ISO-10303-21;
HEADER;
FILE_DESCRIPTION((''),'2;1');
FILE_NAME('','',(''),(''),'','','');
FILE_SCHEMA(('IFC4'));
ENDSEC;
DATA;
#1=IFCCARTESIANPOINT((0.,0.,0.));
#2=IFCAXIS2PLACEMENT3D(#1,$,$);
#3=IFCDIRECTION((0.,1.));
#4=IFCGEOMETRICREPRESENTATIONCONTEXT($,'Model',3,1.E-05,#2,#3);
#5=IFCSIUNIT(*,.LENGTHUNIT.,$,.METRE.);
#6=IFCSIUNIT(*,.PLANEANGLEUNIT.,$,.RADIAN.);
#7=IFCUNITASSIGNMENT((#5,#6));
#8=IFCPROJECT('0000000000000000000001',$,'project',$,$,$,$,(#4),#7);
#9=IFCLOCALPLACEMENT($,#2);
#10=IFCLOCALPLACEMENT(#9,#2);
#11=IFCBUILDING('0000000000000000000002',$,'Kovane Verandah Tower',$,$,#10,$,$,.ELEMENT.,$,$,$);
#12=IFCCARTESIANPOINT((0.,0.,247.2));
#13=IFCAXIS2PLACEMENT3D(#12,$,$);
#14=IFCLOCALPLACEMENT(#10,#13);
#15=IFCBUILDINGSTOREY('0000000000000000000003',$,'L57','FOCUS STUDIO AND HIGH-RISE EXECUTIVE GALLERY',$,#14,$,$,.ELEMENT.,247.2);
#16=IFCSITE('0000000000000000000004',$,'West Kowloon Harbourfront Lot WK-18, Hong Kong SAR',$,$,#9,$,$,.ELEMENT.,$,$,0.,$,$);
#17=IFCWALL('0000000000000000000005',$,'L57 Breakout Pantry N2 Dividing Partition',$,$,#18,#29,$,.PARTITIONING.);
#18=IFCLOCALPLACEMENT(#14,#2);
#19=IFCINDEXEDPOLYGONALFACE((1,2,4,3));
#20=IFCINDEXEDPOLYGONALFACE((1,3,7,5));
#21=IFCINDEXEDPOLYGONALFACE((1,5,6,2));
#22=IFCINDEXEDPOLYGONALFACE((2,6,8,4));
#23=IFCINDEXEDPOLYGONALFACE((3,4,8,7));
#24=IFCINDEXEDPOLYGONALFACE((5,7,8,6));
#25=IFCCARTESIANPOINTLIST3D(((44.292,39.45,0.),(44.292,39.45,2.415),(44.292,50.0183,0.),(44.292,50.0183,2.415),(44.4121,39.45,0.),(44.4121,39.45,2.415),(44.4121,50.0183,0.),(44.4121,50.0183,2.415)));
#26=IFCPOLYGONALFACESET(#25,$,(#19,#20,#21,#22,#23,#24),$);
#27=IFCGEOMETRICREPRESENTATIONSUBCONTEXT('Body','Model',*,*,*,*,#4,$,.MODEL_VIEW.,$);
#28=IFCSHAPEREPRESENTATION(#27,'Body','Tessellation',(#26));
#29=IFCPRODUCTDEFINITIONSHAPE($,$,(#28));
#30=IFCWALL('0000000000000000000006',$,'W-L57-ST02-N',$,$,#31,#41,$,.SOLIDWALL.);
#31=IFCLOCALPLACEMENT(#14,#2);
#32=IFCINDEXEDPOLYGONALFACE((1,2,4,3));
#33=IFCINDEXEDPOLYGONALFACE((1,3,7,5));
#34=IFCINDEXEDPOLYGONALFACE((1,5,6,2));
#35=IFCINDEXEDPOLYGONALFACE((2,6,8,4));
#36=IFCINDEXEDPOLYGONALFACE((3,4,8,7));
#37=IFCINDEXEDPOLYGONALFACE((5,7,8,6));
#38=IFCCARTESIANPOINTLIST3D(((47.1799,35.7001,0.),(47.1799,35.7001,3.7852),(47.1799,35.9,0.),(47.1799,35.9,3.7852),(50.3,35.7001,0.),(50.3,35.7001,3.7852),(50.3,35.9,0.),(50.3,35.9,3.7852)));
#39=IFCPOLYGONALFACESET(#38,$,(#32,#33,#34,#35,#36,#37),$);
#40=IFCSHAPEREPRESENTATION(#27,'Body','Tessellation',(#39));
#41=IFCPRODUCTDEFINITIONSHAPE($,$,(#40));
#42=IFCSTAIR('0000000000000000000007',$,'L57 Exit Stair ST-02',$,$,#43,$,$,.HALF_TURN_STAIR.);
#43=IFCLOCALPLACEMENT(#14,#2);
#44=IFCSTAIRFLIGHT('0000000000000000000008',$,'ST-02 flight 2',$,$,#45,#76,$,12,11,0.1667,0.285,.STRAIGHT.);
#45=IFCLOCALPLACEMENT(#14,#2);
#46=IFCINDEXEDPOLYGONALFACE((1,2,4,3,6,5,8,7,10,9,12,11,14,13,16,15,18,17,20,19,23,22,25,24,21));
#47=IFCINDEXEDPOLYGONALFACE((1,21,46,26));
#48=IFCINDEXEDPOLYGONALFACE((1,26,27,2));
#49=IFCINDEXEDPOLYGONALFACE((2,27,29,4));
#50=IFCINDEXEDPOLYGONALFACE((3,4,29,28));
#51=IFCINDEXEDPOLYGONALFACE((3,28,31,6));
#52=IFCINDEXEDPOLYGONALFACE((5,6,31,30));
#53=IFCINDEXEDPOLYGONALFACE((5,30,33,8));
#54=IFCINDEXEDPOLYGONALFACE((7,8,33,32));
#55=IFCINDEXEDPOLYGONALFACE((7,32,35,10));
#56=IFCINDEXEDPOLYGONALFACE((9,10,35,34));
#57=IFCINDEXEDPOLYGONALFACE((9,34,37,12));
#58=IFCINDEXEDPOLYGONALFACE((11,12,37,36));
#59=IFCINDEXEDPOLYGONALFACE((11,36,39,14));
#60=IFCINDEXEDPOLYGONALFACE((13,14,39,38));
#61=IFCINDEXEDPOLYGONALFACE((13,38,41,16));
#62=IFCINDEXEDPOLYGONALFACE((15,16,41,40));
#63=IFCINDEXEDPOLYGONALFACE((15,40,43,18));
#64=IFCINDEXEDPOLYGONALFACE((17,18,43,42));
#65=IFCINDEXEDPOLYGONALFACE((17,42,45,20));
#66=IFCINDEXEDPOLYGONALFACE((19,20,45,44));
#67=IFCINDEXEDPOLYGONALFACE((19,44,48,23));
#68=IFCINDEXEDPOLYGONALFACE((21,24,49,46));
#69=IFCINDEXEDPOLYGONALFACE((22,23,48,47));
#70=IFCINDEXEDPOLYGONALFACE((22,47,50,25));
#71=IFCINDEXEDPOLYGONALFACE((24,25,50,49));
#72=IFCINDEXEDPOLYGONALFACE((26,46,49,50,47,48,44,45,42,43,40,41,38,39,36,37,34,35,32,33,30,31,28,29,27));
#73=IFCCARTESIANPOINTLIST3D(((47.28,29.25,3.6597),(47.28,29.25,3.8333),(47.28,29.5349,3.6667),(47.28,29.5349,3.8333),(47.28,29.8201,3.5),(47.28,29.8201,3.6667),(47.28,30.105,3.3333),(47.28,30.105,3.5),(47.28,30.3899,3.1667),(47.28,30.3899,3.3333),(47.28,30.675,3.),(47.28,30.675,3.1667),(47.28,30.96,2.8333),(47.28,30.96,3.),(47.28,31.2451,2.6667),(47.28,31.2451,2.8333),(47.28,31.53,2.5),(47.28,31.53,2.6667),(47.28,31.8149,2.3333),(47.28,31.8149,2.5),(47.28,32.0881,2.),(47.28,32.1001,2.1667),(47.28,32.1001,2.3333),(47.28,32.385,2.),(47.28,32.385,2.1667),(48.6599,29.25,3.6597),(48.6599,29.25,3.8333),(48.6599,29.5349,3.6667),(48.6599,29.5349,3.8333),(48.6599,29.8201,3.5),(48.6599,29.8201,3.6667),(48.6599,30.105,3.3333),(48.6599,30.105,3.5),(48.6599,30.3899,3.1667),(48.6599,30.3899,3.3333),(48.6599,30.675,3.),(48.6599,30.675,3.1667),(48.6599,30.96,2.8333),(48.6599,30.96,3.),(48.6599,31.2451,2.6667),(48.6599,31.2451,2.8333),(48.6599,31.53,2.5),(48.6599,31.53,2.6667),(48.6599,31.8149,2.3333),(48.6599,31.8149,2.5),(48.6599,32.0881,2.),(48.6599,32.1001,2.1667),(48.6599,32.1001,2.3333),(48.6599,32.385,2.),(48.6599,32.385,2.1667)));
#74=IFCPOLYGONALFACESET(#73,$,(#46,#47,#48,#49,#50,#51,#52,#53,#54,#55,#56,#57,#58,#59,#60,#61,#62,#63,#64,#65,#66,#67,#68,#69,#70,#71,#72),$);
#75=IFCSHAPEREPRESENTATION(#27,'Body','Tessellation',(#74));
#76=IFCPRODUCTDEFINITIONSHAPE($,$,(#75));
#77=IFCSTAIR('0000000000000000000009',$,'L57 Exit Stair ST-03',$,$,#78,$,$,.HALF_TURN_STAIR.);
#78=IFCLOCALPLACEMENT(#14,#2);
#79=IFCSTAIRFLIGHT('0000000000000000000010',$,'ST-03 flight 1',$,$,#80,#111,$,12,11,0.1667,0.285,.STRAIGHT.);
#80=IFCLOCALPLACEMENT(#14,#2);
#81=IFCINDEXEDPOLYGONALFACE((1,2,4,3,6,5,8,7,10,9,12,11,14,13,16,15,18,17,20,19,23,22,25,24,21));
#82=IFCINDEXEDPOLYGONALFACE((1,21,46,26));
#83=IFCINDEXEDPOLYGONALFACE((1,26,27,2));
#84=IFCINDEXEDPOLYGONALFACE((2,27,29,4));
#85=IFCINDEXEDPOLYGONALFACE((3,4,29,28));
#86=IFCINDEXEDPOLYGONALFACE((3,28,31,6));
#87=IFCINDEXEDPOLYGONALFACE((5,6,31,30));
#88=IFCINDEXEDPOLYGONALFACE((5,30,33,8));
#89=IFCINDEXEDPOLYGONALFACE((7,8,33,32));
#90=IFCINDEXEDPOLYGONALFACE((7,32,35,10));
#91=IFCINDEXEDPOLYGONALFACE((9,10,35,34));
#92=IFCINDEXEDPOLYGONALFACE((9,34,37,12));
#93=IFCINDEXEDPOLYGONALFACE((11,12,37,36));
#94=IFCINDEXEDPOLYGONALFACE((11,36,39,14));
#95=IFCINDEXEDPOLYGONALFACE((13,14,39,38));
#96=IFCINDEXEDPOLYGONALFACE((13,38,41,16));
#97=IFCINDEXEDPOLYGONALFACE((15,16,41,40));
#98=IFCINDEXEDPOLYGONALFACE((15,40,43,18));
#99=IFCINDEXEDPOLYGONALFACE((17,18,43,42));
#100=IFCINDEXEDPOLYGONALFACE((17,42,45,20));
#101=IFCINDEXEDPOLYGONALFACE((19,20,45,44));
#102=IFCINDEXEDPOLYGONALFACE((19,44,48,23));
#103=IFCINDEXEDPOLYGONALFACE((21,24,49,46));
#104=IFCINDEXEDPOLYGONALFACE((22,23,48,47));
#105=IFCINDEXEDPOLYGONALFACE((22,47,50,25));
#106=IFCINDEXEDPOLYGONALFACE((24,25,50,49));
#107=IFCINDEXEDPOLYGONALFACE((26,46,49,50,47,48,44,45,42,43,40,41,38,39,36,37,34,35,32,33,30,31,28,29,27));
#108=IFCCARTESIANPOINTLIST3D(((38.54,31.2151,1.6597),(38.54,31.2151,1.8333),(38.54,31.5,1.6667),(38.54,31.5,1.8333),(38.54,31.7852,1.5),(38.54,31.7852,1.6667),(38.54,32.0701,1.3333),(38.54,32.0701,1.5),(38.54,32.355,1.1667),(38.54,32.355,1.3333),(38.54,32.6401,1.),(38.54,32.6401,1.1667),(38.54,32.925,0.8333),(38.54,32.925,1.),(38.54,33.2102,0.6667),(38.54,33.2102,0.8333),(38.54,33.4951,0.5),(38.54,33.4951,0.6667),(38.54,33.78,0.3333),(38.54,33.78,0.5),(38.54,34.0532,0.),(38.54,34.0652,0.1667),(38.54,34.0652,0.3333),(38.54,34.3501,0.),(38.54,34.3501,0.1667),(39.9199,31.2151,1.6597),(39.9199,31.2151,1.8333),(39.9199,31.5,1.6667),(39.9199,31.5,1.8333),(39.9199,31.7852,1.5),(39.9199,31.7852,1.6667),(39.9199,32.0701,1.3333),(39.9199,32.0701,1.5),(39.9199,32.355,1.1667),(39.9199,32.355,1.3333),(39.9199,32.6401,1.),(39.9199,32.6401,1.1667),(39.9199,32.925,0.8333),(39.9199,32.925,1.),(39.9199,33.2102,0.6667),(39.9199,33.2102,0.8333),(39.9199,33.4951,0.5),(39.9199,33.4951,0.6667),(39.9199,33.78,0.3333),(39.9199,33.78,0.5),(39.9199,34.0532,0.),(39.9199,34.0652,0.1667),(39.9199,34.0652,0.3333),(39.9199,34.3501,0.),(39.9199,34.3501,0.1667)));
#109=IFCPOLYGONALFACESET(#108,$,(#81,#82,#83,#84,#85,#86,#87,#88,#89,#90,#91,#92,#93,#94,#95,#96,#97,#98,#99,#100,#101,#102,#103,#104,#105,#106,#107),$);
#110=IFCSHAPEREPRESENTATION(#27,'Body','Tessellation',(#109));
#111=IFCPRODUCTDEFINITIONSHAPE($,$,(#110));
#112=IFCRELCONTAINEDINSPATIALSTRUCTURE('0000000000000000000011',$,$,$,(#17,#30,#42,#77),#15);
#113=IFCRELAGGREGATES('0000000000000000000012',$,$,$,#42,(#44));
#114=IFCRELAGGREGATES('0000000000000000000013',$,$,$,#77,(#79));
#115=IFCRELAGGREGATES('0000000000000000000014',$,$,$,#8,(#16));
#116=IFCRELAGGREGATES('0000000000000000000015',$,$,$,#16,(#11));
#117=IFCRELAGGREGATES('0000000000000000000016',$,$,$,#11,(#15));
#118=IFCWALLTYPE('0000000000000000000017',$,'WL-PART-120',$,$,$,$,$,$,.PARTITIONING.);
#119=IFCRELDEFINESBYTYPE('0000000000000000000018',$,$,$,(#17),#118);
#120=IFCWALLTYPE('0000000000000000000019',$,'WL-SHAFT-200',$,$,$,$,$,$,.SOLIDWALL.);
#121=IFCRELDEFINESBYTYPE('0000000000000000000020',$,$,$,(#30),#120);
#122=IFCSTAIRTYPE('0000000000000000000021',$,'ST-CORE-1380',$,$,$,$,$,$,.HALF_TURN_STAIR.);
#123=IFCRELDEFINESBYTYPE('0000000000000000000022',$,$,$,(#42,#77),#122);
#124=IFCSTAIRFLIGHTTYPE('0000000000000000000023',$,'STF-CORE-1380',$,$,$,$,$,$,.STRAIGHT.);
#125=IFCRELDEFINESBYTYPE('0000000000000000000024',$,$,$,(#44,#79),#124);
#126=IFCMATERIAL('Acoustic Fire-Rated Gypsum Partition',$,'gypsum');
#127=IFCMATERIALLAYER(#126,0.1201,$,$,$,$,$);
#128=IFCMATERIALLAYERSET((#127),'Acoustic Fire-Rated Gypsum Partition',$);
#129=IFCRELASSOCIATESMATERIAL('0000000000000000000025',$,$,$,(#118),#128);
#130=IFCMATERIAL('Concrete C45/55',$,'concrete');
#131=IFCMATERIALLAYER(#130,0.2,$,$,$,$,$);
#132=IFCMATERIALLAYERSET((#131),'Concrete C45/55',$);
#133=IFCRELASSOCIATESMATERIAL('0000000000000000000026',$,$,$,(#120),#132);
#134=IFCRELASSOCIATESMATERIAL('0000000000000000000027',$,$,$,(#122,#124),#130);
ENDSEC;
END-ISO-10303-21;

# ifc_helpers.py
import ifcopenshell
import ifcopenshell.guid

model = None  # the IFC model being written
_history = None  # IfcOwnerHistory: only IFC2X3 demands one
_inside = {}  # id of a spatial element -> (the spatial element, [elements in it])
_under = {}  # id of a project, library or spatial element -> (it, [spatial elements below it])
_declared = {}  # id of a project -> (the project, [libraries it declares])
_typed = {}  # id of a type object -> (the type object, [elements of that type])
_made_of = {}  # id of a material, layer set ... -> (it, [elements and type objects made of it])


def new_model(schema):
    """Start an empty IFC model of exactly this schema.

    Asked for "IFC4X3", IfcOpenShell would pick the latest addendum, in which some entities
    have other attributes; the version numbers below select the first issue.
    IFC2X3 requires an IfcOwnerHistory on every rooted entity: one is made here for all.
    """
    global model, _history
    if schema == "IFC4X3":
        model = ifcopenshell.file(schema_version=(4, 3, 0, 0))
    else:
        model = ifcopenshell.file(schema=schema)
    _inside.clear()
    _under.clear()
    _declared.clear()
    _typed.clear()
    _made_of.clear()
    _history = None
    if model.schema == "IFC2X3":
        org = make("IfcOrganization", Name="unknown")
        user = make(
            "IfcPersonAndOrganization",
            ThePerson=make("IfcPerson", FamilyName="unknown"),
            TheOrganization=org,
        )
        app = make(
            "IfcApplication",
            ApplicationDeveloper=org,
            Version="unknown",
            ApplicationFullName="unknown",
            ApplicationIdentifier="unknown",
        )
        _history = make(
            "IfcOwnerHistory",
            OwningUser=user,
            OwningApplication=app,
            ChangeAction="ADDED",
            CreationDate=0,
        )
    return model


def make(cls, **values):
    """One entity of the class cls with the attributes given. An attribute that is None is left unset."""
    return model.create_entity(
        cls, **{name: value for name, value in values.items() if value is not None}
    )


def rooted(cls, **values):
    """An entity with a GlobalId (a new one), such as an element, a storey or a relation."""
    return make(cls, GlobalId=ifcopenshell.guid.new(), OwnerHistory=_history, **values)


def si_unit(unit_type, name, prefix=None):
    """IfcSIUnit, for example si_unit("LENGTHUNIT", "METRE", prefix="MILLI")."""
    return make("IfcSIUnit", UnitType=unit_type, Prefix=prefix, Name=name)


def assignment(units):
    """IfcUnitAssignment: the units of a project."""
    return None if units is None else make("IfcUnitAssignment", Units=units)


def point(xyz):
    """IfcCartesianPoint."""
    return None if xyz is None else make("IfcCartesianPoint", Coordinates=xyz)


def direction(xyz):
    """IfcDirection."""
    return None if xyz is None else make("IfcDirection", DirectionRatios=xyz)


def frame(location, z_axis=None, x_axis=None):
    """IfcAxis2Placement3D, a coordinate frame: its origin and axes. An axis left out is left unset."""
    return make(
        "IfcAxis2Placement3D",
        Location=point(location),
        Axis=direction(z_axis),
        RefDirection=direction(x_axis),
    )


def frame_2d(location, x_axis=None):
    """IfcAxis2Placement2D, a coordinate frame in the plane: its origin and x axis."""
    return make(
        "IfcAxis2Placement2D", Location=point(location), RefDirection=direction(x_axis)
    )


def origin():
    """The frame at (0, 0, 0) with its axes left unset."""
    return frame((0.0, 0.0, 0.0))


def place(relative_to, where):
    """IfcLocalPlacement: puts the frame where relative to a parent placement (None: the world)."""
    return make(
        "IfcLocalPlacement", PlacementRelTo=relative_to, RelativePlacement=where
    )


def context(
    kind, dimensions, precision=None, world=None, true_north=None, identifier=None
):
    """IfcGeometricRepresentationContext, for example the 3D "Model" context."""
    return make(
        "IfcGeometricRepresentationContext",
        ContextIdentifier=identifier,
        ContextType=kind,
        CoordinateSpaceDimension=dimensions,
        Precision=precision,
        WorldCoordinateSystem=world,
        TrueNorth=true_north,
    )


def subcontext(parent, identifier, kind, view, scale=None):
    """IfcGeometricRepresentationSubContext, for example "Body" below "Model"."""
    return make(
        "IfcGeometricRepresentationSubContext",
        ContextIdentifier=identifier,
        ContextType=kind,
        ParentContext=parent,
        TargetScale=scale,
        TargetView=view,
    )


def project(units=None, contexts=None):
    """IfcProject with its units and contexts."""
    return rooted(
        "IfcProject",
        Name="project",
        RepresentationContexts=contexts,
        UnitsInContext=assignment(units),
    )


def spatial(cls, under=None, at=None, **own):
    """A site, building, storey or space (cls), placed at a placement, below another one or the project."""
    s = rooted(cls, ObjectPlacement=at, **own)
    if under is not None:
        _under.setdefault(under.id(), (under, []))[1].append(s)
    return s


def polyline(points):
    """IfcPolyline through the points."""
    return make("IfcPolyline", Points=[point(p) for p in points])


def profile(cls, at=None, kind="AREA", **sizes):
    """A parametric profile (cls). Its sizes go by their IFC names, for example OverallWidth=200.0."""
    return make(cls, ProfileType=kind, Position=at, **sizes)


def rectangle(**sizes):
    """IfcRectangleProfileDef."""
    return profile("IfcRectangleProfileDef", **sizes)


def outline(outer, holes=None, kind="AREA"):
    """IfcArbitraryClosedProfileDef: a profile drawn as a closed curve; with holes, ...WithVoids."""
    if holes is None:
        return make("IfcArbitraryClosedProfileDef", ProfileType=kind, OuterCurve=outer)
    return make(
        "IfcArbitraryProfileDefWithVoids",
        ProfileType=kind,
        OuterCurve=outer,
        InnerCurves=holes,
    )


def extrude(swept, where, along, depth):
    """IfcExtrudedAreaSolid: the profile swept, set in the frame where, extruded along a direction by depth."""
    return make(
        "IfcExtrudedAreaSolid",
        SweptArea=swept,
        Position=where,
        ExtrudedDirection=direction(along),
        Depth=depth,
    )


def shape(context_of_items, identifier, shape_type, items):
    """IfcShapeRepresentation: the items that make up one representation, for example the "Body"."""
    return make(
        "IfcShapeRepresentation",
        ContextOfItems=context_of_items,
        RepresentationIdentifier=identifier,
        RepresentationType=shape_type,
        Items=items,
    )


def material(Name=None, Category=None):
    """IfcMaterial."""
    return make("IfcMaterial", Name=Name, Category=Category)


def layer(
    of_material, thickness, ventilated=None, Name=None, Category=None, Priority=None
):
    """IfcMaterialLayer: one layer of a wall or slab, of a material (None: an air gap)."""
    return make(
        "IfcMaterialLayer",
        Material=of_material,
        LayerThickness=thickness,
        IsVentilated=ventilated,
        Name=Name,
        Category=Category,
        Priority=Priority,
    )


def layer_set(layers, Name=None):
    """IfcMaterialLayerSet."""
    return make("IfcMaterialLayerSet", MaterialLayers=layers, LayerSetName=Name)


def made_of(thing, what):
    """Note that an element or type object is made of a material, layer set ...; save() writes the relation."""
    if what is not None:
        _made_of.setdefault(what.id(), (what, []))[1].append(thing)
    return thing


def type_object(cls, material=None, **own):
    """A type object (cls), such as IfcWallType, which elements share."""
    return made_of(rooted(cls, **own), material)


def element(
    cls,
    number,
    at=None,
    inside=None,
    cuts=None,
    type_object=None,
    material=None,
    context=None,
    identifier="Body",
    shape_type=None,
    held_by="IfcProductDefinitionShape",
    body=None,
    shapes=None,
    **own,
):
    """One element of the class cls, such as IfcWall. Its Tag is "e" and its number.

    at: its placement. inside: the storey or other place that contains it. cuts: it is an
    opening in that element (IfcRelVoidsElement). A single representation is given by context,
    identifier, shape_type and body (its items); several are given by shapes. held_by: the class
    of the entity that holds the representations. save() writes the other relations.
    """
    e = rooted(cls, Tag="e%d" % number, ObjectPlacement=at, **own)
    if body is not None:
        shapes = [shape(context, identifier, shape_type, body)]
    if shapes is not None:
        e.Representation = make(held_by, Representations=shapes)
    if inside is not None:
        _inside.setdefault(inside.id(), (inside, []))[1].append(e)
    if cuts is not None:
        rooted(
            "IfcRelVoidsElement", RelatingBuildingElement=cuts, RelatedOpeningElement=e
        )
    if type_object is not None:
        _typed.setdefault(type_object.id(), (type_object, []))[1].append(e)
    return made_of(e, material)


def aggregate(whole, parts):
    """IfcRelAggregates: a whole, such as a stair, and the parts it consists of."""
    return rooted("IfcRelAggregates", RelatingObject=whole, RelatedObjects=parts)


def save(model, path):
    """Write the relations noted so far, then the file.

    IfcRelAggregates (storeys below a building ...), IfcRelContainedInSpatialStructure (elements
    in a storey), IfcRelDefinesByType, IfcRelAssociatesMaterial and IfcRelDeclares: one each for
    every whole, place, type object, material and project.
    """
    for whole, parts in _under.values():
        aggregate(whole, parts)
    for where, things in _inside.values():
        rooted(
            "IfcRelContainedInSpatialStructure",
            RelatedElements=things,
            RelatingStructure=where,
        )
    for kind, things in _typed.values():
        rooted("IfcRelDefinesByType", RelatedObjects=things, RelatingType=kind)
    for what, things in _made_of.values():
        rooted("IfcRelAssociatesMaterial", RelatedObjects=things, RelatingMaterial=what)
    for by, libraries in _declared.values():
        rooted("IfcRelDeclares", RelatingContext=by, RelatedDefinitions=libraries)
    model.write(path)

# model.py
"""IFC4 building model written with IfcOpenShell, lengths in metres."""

from ifc_helpers import new_model, si_unit, direction, frame, frame_2d, origin, place, context, subcontext, project, spatial, polyline, rectangle, outline, extrude, material, layer, layer_set, type_object, element, aggregate, save


model = new_model("IFC4")

# Units and contexts
model_context = context("Model", 3, precision=1e-05, world=origin(), true_north=direction((0.0, 1.0)))
body_context = subcontext(model_context, "Body", "Model", "MODEL_VIEW")
ifc_project = project(units=[si_unit("LENGTHUNIT", "METRE"), si_unit("PLANEANGLEUNIT", "RADIAN")], contexts=[model_context])

# Site, building, storey
site_placement = place(None, origin())
site = spatial("IfcSite", under=ifc_project, at=site_placement, Name="West Kowloon Harbourfront Lot WK-18, Hong Kong SAR", CompositionType="ELEMENT", RefElevation=0.0)
building_placement = place(site_placement, origin())
building = spatial("IfcBuilding", under=site, at=building_placement, Name="Kovane Verandah Tower", CompositionType="ELEMENT")
storey_placement = place(building_placement, frame((0.0, 0.0, 247.2)))
storey = spatial("IfcBuildingStorey", under=building, at=storey_placement, Name="L57", Description="FOCUS STUDIO AND HIGH-RISE EXECUTIVE GALLERY", CompositionType="ELEMENT", Elevation=247.2)

# Walls
ifc_material_1 = material(Name="Acoustic Fire-Rated Gypsum Partition", Category="gypsum")
ifc_layer_1 = layer(ifc_material_1, 0.1201)
ifc_layer_set_1 = layer_set([ifc_layer_1], Name="Acoustic Fire-Rated Gypsum Partition")
wall_type_1 = type_object("IfcWallType", Name="WL-PART-120", PredefinedType="PARTITIONING", material=ifc_layer_set_1)
wall_1_placement = place(storey_placement, frame((44.3521, 39.45, 0.0), z_axis=(0.0, 0.0, 1.0), x_axis=(0.0, 1.0, 0.0)))
element("IfcWall", 1, at=wall_1_placement, inside=storey, type_object=wall_type_1, Name="L57 Breakout Pantry N2 Dividing Partition", PredefinedType="PARTITIONING", context=body_context, shape_type="SweptSolid", body=[
    extrude(rectangle(XDim=10.5684, YDim=0.1201, at=frame_2d((5.2842, 0.0))), origin(), (0.0, 0.0, 1.0), 2.415),
])
ifc_material_2 = material(Name="Concrete C45/55", Category="concrete")
ifc_layer_2 = layer(ifc_material_2, 0.2)
ifc_layer_set_2 = layer_set([ifc_layer_2], Name="Concrete C45/55")
wall_type_2 = type_object("IfcWallType", Name="WL-SHAFT-200", PredefinedType="SOLIDWALL", material=ifc_layer_set_2)
wall_2_placement = place(storey_placement, frame((47.1799, 35.8, 0.0), z_axis=(0.0, 0.0, 1.0), x_axis=(1.0, 0.0, 0.0)))
element("IfcWall", 2, at=wall_2_placement, inside=storey, type_object=wall_type_2, Name="W-L57-ST02-N", PredefinedType="SOLIDWALL", context=body_context, shape_type="SweptSolid", body=[
    extrude(rectangle(XDim=3.1201, YDim=0.2, at=frame_2d((1.5601, 0.0))), origin(), (0.0, 0.0, 1.0), 3.7852),
])

# Stairs, stair flights
stair_type = type_object("IfcStairType", Name="ST-CORE-1380", PredefinedType="HALF_TURN_STAIR", material=ifc_material_2)
stair_1_placement = place(storey_placement, origin())
stair_1 = element("IfcStair", 3, at=stair_1_placement, inside=storey, type_object=stair_type, Name="L57 Exit Stair ST-02", PredefinedType="HALF_TURN_STAIR")
stair_flight_type = type_object("IfcStairFlightType", Name="STF-CORE-1380", PredefinedType="STRAIGHT", material=ifc_material_2)
stair_flight_1_placement = place(storey_placement, frame((47.97, 32.385, 2.0), z_axis=(0.0, 0.0, 1.0), x_axis=(0.0, -1.0, 0.0)))
stair_flight_1 = element("IfcStairFlight", 4, at=stair_flight_1_placement, type_object=stair_flight_type, Name="ST-02 flight 2", NumberOfRisers=12, NumberOfTreads=11, PredefinedType="STRAIGHT", RiserHeight=0.1667, TreadLength=0.285, context=body_context, shape_type="SweptSolid", body=[
    extrude(outline(polyline([(0.0, 0.0), (0.0, 0.1667), (0.2849, 0.1667), (0.2849, 0.3333), (0.5701, 0.3333), (0.5701, 0.5), (0.855, 0.5), (0.855, 0.6667), (1.1399, 0.6667), (1.1399, 0.8333), (1.425, 0.8333), (1.425, 1.0), (1.71, 1.0), (1.71, 1.1667), (1.9951, 1.1667), (1.9951, 1.3333), (2.28, 1.3333), (2.28, 1.5), (2.5649, 1.5), (2.5649, 1.6667), (2.8501, 1.6667), (2.8501, 1.8333), (3.135, 1.8333), (3.135, 2.0), (3.135, 1.6597), (0.2969, 0.0), (0.0, 0.0)])), frame((0.0, 0.6899, 0.0), z_axis=(0.0, -1.0, 0.0), x_axis=(1.0, 0.0, 0.0)), (0.0, 0.0, 1.0), 1.3799),
])
aggregate(stair_1, [stair_flight_1])
stair_2_placement = place(storey_placement, origin())
stair_2 = element("IfcStair", 5, at=stair_2_placement, inside=storey, type_object=stair_type, Name="L57 Exit Stair ST-03", PredefinedType="HALF_TURN_STAIR")
stair_flight_2_placement = place(storey_placement, frame((39.23, 34.3501, 0.0), z_axis=(0.0, 0.0, 1.0), x_axis=(0.0, -1.0, 0.0)))
stair_flight_2 = element("IfcStairFlight", 6, at=stair_flight_2_placement, type_object=stair_flight_type, Name="ST-03 flight 1", NumberOfRisers=12, NumberOfTreads=11, PredefinedType="STRAIGHT", RiserHeight=0.1667, TreadLength=0.285, context=body_context, shape_type="SweptSolid", body=[
    extrude(outline(polyline([(0.0, 0.0), (0.0, 0.1667), (0.2849, 0.1667), (0.2849, 0.3333), (0.5701, 0.3333), (0.5701, 0.5), (0.855, 0.5), (0.855, 0.6667), (1.1399, 0.6667), (1.1399, 0.8333), (1.425, 0.8333), (1.425, 1.0), (1.71, 1.0), (1.71, 1.1667), (1.9951, 1.1667), (1.9951, 1.3333), (2.28, 1.3333), (2.28, 1.5), (2.5649, 1.5), (2.5649, 1.6667), (2.8501, 1.6667), (2.8501, 1.8333), (3.135, 1.8333), (3.135, 2.0), (3.135, 1.6597), (0.2969, 0.0), (0.0, 0.0)])), frame((0.0, 0.6899, 0.0), z_axis=(0.0, -1.0, 0.0), x_axis=(1.0, 0.0, 0.0)), (0.0, 0.0, 1.0), 1.3799),
])
aggregate(stair_2, [stair_flight_2])

save(model, "model.ifc")
